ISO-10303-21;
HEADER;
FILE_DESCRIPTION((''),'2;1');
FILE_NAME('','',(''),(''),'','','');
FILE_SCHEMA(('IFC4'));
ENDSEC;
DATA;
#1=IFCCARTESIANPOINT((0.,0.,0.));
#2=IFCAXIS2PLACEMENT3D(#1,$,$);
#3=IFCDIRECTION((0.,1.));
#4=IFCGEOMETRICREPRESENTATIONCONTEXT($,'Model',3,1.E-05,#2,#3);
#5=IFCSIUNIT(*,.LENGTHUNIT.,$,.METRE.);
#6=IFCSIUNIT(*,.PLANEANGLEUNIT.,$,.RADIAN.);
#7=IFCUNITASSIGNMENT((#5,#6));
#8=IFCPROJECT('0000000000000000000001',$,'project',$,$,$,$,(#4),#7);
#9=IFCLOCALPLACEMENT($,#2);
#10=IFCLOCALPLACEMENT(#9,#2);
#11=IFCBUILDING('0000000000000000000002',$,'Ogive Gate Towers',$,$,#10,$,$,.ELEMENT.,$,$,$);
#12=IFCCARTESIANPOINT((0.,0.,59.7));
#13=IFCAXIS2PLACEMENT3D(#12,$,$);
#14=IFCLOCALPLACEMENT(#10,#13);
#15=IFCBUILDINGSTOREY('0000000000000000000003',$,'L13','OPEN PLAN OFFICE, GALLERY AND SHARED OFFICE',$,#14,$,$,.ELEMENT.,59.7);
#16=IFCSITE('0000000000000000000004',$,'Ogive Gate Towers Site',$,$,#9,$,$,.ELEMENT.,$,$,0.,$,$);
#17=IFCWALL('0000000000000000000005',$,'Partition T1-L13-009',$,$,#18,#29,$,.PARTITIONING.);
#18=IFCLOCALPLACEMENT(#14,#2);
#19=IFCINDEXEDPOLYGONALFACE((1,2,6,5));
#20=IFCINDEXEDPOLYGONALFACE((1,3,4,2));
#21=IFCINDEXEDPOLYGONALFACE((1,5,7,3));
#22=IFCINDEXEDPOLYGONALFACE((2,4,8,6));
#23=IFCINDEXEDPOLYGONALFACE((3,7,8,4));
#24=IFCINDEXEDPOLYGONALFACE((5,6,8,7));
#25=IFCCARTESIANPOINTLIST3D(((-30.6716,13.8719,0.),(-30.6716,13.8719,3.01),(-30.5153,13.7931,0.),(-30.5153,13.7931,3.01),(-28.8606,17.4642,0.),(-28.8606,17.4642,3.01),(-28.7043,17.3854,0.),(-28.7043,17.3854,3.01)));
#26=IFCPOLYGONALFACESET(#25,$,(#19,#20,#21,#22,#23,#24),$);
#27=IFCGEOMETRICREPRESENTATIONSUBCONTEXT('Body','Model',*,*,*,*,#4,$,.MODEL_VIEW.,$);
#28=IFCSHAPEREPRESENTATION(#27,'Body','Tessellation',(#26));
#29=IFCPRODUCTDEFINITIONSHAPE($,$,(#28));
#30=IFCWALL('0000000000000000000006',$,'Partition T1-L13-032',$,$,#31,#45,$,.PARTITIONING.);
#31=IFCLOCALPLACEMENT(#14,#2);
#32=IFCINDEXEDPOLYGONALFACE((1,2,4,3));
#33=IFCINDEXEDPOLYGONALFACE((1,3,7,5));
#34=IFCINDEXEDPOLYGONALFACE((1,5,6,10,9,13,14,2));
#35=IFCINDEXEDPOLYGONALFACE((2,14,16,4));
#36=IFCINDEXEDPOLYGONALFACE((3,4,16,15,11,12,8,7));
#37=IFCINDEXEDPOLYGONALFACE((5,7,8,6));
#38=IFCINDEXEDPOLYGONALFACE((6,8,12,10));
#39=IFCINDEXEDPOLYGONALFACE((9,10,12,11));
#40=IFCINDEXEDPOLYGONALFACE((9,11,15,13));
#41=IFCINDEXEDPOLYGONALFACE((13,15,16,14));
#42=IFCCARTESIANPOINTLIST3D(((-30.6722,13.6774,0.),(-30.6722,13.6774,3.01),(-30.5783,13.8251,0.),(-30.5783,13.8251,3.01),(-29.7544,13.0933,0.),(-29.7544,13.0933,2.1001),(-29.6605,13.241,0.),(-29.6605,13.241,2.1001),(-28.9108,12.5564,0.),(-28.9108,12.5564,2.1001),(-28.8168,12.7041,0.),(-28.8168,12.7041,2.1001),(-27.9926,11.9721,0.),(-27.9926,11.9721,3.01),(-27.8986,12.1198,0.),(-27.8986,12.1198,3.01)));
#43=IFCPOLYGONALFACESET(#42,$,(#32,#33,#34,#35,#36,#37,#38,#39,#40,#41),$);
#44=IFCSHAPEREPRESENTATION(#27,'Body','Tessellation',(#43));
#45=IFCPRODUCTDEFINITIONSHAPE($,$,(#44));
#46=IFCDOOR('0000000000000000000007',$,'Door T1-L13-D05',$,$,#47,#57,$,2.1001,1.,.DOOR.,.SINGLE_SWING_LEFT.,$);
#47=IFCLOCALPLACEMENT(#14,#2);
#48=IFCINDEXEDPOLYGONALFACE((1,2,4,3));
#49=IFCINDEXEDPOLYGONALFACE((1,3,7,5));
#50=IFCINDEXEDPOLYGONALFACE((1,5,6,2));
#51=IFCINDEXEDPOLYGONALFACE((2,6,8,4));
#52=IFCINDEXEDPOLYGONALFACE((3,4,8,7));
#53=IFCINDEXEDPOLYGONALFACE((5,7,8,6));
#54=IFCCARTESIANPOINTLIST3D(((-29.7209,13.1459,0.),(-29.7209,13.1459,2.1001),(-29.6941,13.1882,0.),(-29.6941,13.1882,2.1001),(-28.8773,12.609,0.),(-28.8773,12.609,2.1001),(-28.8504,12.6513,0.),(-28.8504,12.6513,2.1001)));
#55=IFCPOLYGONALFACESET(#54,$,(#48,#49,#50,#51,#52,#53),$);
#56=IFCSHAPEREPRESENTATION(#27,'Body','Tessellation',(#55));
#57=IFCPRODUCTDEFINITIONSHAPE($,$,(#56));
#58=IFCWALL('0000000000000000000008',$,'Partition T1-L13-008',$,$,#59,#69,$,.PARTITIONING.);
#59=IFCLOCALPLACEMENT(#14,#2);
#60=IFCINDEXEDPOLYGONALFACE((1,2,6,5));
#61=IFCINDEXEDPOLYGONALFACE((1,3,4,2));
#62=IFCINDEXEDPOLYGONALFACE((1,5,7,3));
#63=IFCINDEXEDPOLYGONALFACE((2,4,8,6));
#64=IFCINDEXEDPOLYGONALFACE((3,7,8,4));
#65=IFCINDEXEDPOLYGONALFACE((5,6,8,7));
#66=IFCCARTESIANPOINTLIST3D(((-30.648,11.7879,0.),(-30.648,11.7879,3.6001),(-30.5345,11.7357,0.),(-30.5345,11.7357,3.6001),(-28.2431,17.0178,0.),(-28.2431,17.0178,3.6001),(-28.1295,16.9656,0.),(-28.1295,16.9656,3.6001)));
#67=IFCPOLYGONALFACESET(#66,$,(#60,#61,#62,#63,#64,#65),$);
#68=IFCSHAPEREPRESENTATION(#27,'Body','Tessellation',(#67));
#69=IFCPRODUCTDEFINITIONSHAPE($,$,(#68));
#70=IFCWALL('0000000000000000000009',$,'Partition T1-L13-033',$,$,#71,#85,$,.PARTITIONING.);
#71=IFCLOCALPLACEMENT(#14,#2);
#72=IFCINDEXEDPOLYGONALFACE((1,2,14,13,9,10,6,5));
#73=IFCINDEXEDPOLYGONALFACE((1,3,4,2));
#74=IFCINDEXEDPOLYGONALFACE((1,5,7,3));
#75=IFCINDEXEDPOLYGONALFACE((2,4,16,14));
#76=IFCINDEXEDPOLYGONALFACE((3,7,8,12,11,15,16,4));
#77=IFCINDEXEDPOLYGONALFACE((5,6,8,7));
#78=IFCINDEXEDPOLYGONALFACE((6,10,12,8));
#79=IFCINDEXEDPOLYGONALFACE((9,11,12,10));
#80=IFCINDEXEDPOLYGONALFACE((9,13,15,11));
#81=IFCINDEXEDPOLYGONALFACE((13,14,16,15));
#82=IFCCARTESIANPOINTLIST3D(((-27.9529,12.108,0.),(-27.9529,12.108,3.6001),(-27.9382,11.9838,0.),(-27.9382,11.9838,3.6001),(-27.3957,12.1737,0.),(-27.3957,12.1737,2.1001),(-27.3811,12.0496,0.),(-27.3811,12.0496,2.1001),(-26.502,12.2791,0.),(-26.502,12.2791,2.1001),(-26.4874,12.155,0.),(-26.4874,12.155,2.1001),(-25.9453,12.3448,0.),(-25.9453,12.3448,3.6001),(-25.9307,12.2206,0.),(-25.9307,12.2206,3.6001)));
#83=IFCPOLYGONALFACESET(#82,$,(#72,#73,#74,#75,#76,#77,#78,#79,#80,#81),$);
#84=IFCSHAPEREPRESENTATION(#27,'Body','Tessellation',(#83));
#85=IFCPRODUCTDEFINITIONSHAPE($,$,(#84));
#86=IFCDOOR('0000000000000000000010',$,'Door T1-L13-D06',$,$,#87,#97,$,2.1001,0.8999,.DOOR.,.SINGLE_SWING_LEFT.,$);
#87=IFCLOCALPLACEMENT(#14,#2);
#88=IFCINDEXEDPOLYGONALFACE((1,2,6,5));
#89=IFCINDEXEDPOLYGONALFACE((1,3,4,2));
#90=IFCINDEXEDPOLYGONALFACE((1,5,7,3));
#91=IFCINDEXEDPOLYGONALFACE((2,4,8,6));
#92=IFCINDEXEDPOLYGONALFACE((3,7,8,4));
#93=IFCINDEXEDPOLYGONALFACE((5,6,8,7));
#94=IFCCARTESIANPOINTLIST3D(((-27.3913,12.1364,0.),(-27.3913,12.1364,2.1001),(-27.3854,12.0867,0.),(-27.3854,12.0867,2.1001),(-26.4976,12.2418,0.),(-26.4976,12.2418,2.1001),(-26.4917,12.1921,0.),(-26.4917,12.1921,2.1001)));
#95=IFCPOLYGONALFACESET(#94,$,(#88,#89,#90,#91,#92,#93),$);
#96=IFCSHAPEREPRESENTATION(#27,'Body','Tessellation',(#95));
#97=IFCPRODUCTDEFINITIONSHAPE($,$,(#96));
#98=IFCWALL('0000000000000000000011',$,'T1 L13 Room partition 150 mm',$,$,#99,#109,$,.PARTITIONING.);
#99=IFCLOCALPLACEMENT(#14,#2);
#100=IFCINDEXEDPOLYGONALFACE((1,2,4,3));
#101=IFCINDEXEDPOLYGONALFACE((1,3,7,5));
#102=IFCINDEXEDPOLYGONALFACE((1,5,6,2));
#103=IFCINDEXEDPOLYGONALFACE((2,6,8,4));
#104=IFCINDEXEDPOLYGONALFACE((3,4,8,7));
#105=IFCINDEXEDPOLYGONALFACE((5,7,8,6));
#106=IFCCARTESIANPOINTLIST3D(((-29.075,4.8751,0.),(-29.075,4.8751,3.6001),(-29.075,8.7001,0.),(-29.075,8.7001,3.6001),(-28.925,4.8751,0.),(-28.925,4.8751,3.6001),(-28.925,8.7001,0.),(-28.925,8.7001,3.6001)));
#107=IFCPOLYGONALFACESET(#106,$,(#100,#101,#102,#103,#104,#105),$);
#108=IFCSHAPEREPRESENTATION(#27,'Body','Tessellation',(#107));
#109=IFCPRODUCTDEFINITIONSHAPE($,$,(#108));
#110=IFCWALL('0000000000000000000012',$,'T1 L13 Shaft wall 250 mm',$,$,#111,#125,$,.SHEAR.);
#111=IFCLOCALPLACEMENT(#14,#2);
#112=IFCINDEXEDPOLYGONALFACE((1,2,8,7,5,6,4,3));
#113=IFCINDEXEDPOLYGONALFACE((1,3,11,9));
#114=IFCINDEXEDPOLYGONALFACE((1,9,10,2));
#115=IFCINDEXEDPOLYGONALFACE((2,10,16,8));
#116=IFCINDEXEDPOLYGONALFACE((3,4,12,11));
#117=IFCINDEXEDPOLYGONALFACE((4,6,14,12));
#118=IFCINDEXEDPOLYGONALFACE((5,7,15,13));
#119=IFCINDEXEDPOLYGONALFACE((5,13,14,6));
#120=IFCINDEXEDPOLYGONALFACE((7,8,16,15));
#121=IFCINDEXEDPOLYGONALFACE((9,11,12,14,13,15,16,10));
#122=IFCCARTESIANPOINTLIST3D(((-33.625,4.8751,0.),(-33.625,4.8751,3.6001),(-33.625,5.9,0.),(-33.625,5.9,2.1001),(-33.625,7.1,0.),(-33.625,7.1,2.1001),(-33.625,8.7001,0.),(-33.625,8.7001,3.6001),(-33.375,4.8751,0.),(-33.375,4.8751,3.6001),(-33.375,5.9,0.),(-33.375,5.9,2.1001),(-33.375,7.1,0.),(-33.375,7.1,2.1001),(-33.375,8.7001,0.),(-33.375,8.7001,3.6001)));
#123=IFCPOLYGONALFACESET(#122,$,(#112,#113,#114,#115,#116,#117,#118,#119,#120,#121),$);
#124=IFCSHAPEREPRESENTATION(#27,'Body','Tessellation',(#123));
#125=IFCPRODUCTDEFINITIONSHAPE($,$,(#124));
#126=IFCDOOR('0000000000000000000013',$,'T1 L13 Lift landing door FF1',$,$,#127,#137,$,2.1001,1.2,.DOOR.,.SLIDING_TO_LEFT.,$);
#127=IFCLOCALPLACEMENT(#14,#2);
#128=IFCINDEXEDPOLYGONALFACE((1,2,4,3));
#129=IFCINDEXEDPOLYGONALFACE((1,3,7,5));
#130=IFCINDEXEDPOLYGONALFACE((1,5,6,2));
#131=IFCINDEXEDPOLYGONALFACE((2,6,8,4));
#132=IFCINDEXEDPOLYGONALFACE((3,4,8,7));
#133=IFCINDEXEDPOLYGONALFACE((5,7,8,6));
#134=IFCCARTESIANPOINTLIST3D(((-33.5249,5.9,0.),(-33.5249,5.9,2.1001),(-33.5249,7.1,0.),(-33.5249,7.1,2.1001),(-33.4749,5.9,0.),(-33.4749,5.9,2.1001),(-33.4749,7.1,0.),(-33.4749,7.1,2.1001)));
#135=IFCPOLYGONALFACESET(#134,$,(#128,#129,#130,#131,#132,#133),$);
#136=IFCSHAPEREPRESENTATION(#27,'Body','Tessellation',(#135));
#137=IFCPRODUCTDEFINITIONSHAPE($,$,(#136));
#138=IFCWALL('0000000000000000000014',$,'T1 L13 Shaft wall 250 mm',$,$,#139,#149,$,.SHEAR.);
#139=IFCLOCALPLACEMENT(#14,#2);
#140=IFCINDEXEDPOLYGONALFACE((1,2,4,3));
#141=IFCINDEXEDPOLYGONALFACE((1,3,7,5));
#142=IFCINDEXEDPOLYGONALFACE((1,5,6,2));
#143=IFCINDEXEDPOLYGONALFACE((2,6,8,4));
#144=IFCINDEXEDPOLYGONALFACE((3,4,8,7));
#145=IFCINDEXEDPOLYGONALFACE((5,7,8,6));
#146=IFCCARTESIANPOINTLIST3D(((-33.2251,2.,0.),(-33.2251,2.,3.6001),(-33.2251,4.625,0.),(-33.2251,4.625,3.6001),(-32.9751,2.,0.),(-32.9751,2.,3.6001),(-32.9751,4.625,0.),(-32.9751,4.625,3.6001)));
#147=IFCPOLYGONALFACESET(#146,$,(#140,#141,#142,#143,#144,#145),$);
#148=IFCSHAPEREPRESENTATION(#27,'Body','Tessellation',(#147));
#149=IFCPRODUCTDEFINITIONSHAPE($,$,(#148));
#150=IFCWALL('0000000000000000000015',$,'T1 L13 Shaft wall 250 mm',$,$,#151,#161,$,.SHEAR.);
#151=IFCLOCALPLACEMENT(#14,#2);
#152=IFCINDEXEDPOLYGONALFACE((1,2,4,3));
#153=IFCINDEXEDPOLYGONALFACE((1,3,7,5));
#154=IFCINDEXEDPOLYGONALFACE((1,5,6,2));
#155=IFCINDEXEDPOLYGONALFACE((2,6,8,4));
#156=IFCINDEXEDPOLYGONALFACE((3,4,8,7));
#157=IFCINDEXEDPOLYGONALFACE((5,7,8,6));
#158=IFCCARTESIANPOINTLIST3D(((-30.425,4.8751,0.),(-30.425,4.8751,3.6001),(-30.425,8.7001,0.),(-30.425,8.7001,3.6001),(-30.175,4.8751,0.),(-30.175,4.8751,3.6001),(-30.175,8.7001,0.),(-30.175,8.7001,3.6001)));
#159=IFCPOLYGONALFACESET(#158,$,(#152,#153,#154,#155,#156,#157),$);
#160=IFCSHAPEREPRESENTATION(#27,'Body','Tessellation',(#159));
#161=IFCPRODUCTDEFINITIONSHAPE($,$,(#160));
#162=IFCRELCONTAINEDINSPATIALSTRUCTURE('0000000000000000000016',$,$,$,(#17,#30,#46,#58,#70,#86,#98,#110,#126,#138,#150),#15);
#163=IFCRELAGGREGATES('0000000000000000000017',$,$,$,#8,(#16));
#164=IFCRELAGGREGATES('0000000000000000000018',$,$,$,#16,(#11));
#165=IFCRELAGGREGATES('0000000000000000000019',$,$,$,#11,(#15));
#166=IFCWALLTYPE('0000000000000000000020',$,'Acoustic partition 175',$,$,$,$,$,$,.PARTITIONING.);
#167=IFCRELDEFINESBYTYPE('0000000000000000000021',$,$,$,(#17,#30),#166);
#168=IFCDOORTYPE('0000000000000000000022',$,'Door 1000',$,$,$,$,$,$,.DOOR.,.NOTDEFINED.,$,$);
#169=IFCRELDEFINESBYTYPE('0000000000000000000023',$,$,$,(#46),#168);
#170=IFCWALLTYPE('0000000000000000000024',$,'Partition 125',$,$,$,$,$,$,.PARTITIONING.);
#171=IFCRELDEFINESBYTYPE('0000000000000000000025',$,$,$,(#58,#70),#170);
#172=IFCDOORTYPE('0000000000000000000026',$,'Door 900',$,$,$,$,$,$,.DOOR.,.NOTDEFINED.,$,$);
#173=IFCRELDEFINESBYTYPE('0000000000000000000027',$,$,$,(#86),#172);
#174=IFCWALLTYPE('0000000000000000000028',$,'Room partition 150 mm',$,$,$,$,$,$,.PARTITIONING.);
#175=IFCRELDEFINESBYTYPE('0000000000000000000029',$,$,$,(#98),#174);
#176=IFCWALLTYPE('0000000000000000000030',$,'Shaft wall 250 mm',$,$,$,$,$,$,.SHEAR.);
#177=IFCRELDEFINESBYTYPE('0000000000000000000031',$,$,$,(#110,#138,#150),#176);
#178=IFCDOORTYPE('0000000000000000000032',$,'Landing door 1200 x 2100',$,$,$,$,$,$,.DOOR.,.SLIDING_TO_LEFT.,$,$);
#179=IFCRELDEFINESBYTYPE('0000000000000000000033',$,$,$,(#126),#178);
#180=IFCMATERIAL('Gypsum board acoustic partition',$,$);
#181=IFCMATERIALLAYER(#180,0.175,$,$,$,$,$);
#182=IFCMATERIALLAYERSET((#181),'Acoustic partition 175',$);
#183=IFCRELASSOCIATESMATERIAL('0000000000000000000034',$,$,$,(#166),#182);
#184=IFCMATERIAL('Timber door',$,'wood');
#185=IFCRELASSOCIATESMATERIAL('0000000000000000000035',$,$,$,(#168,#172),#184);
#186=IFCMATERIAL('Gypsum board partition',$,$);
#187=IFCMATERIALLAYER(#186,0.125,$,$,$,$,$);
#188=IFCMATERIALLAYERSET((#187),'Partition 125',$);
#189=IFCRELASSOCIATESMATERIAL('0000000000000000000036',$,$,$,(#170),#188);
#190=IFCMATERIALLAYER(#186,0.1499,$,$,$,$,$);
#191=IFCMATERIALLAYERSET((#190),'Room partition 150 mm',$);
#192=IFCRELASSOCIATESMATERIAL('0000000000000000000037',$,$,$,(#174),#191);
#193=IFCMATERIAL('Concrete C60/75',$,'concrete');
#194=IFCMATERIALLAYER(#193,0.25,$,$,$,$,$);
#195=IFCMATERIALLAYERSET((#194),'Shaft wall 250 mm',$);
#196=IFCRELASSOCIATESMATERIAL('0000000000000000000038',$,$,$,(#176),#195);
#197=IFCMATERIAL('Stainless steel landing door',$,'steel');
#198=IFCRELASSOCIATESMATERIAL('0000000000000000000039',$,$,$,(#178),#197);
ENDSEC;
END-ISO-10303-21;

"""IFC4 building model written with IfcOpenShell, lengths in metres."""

from ifc_helpers import new_model, si_unit, direction, frame, frame_2d, origin, place, context, subcontext, project, spatial, rectangle, extrude, material, layer, layer_set, type_object, element, fill, save


model = new_model("IFC4")

# Units and contexts
model_context = context("Model", 3, precision=1e-05, world=origin(), true_north=direction((0.0, 1.0)))
body_context = subcontext(model_context, "Body", "Model", "MODEL_VIEW")
ifc_project = project(units=[si_unit("LENGTHUNIT", "METRE"), si_unit("PLANEANGLEUNIT", "RADIAN")], contexts=[model_context])

# Site, building, storey
site_placement = place(None, origin())
site = spatial("IfcSite", under=ifc_project, at=site_placement, Name="Ogive Gate Towers Site", CompositionType="ELEMENT", RefElevation=0.0)
building_placement = place(site_placement, origin())
building = spatial("IfcBuilding", under=site, at=building_placement, Name="Ogive Gate Towers", CompositionType="ELEMENT")
storey_placement = place(building_placement, frame((0.0, 0.0, 59.7)))
storey = spatial("IfcBuildingStorey", under=building, at=storey_placement, Name="L13", Description="OPEN PLAN OFFICE, GALLERY AND SHARED OFFICE", CompositionType="ELEMENT", Elevation=59.7)

# Wall
ifc_material_1 = material(Name="Gypsum board acoustic partition")
ifc_layer_1 = layer(ifc_material_1, 0.175)
ifc_layer_set_1 = layer_set([ifc_layer_1], Name="Acoustic partition 175")
wall_type_1 = type_object("IfcWallType", Name="Acoustic partition 175", PredefinedType="PARTITIONING", material=ifc_layer_set_1)
wall_1_placement = place(storey_placement, frame((-28.7825, 17.4248, 0.0), z_axis=(0.0, 0.0, 1.0), x_axis=(-0.450173, -0.892942, 0.0)))
element("IfcWall", 1, at=wall_1_placement, inside=storey, type_object=wall_type_1, Name="Partition T1-L13-009", PredefinedType="PARTITIONING", context=body_context, shape_type="SweptSolid", body=[
    extrude(rectangle(XDim=4.0229, YDim=0.175, at=frame_2d((2.0115, 0.0))), origin(), (0.0, 0.0, 1.0), 3.01),
])

# Wall, opening, door
wall_2_placement = place(storey_placement, frame((-30.6252, 13.7512, 0.0), z_axis=(0.0, 0.0, 1.0), x_axis=(0.843652, -0.53689, 0.0)))
wall_2 = element("IfcWall", 2, at=wall_2_placement, inside=storey, type_object=wall_type_1, Name="Partition T1-L13-032", PredefinedType="PARTITIONING", context=body_context, shape_type="SweptSolid", body=[
    extrude(rectangle(XDim=3.1763, YDim=0.175, at=frame_2d((1.5881, 0.0))), origin(), (0.0, 0.0, 1.0), 3.01),
])
opening_1_placement = place(wall_2_placement, frame((1.0879, 0.0, 0.0)))
opening_1 = element("IfcOpeningElement", 3, at=opening_1_placement, cuts=wall_2, PredefinedType="OPENING", context=body_context, shape_type="SweptSolid", body=[
    extrude(rectangle(XDim=1.0, YDim=2.1001, at=frame_2d((0.5, 1.05))), frame((0.0, 0.0977, 0.0), z_axis=(0.0, -1.0, 0.0), x_axis=(1.0, 0.0, 0.0)), (0.0, 0.0, 1.0), 0.1951),
])
ifc_material_2 = material(Name="Timber door", Category="wood")
door_type_1 = type_object("IfcDoorType", Name="Door 1000", OperationType="NOTDEFINED", PredefinedType="DOOR", material=ifc_material_2)
door_1_placement = place(opening_1_placement, origin())
door_1 = element("IfcDoor", 4, at=door_1_placement, inside=storey, type_object=door_type_1, Name="Door T1-L13-D05", OperationType="SINGLE_SWING_LEFT", OverallHeight=2.1001, OverallWidth=1.0, PredefinedType="DOOR", context=body_context, shape_type="SweptSolid", body=[
    extrude(rectangle(XDim=1.0, YDim=2.1001, at=frame_2d((0.5, 1.05))), frame((0.0, 0.0249, 0.0), z_axis=(0.0, -1.0, 0.0), x_axis=(1.0, 0.0, 0.0)), (0.0, 0.0, 1.0), 0.05),
])
fill(opening_1, door_1)

# Wall
ifc_material_3 = material(Name="Gypsum board partition")
ifc_layer_2 = layer(ifc_material_3, 0.125)
ifc_layer_set_2 = layer_set([ifc_layer_2], Name="Partition 125")
wall_type_2 = type_object("IfcWallType", Name="Partition 125", PredefinedType="PARTITIONING", material=ifc_layer_set_2)
wall_3_placement = place(storey_placement, frame((-28.1863, 16.9917, 0.0), z_axis=(0.0, 0.0, 1.0), x_axis=(-0.417796, -0.908541, 0.0)))
element("IfcWall", 5, at=wall_3_placement, inside=storey, type_object=wall_type_2, Name="Partition T1-L13-008", PredefinedType="PARTITIONING", context=body_context, shape_type="SweptSolid", body=[
    extrude(rectangle(XDim=5.7563, YDim=0.125, at=frame_2d((2.8782, 0.0))), origin(), (0.0, 0.0, 1.0), 3.6001),
])

# Wall, opening, door
wall_4_placement = place(storey_placement, frame((-27.9456, 12.0459, 0.0), z_axis=(0.0, 0.0, 1.0), x_axis=(0.993114, 0.11715, 0.0)))
wall_4 = element("IfcWall", 6, at=wall_4_placement, inside=storey, type_object=wall_type_2, Name="Partition T1-L13-033", PredefinedType="PARTITIONING", context=body_context, shape_type="SweptSolid", body=[
    extrude(rectangle(XDim=2.0215, YDim=0.125, at=frame_2d((1.0107, 0.0))), origin(), (0.0, 0.0, 1.0), 3.6001),
])
opening_2_placement = place(wall_4_placement, frame((0.561, 0.0, 0.0)))
opening_2 = element("IfcOpeningElement", 7, at=opening_2_placement, cuts=wall_4, PredefinedType="OPENING", context=body_context, shape_type="SweptSolid", body=[
    extrude(rectangle(XDim=0.8999, YDim=2.1001, at=frame_2d((0.45, 1.05))), frame((0.0, 0.0725, 0.0), z_axis=(0.0, -1.0, 0.0), x_axis=(1.0, 0.0, 0.0)), (0.0, 0.0, 1.0), 0.145),
])
door_type_2 = type_object("IfcDoorType", Name="Door 900", OperationType="NOTDEFINED", PredefinedType="DOOR", material=ifc_material_2)
door_2_placement = place(opening_2_placement, origin())
door_2 = element("IfcDoor", 8, at=door_2_placement, inside=storey, type_object=door_type_2, Name="Door T1-L13-D06", OperationType="SINGLE_SWING_LEFT", OverallHeight=2.1001, OverallWidth=0.8999, PredefinedType="DOOR", context=body_context, shape_type="SweptSolid", body=[
    extrude(rectangle(XDim=0.8999, YDim=2.1001, at=frame_2d((0.45, 1.05))), frame((0.0, 0.0249, 0.0), z_axis=(0.0, -1.0, 0.0), x_axis=(1.0, 0.0, 0.0)), (0.0, 0.0, 1.0), 0.05),
])
fill(opening_2, door_2)

# Wall
ifc_layer_3 = layer(ifc_material_3, 0.1499)
ifc_layer_set_3 = layer_set([ifc_layer_3], Name="Room partition 150 mm")
wall_type_3 = type_object("IfcWallType", Name="Room partition 150 mm", PredefinedType="PARTITIONING", material=ifc_layer_set_3)
wall_5_placement = place(storey_placement, frame((-29.0, 4.875, 0.0), z_axis=(0.0, 0.0, 1.0), x_axis=(0.0, 1.0, 0.0)))
element("IfcWall", 9, at=wall_5_placement, inside=storey, type_object=wall_type_3, Name="T1 L13 Room partition 150 mm", PredefinedType="PARTITIONING", context=body_context, shape_type="SweptSolid", body=[
    extrude(rectangle(XDim=3.825, YDim=0.1499, at=frame_2d((1.9126, 0.0))), origin(), (0.0, 0.0, 1.0), 3.6001),
])

# Wall, opening, door
ifc_material_4 = material(Name="Concrete C60/75", Category="concrete")
ifc_layer_4 = layer(ifc_material_4, 0.25)
ifc_layer_set_4 = layer_set([ifc_layer_4], Name="Shaft wall 250 mm")
wall_type_4 = type_object("IfcWallType", Name="Shaft wall 250 mm", PredefinedType="SHEAR", material=ifc_layer_set_4)
wall_6_placement = place(storey_placement, frame((-33.5, 4.875, 0.0), z_axis=(0.0, 0.0, 1.0), x_axis=(0.0, 1.0, 0.0)))
wall_6 = element("IfcWall", 10, at=wall_6_placement, inside=storey, type_object=wall_type_4, Name="T1 L13 Shaft wall 250 mm", PredefinedType="SHEAR", context=body_context, shape_type="SweptSolid", body=[
    extrude(rectangle(XDim=3.825, YDim=0.25, at=frame_2d((1.9126, 0.0))), origin(), (0.0, 0.0, 1.0), 3.6001),
])
opening_3_placement = place(wall_6_placement, frame((1.0249, 0.0, 0.0)))
opening_3 = element("IfcOpeningElement", 11, at=opening_3_placement, cuts=wall_6, PredefinedType="OPENING", context=body_context, shape_type="SweptSolid", body=[
    extrude(rectangle(XDim=1.2, YDim=2.1001, at=frame_2d((0.6001, 1.05))), frame((0.0, 0.135, 0.0), z_axis=(0.0, -1.0, 0.0), x_axis=(1.0, 0.0, 0.0)), (0.0, 0.0, 1.0), 0.27),
])
ifc_material_5 = material(Name="Stainless steel landing door", Category="steel")
door_type_3 = type_object("IfcDoorType", Name="Landing door 1200 x 2100", OperationType="SLIDING_TO_LEFT", PredefinedType="DOOR", material=ifc_material_5)
door_3_placement = place(opening_3_placement, origin())
door_3 = element("IfcDoor", 12, at=door_3_placement, inside=storey, type_object=door_type_3, Name="T1 L13 Lift landing door FF1", OperationType="SLIDING_TO_LEFT", OverallHeight=2.1001, OverallWidth=1.2, PredefinedType="DOOR", context=body_context, shape_type="SweptSolid", body=[
    extrude(rectangle(XDim=1.2, YDim=2.1001, at=frame_2d((0.6001, 1.05))), frame((0.0, 0.0249, 0.0), z_axis=(0.0, -1.0, 0.0), x_axis=(1.0, 0.0, 0.0)), (0.0, 0.0, 1.0), 0.05),
])
fill(opening_3, door_3)

# Walls
wall_7_placement = place(storey_placement, frame((-33.1001, 2.0, 0.0), z_axis=(0.0, 0.0, 1.0), x_axis=(0.0, 1.0, 0.0)))
element("IfcWall", 13, at=wall_7_placement, inside=storey, type_object=wall_type_4, Name="T1 L13 Shaft wall 250 mm", PredefinedType="SHEAR", context=body_context, shape_type="SweptSolid", body=[
    extrude(rectangle(XDim=2.625, YDim=0.25, at=frame_2d((1.3125, 0.0))), origin(), (0.0, 0.0, 1.0), 3.6001),
])
wall_8_placement = place(storey_placement, frame((-30.3, 4.875, 0.0), z_axis=(0.0, 0.0, 1.0), x_axis=(0.0, 1.0, 0.0)))
element("IfcWall", 14, at=wall_8_placement, inside=storey, type_object=wall_type_4, Name="T1 L13 Shaft wall 250 mm", PredefinedType="SHEAR", context=body_context, shape_type="SweptSolid", body=[
    extrude(rectangle(XDim=3.825, YDim=0.25, at=frame_2d((1.9126, 0.0))), origin(), (0.0, 0.0, 1.0), 3.6001),
])

save(model, "model.ifc")
